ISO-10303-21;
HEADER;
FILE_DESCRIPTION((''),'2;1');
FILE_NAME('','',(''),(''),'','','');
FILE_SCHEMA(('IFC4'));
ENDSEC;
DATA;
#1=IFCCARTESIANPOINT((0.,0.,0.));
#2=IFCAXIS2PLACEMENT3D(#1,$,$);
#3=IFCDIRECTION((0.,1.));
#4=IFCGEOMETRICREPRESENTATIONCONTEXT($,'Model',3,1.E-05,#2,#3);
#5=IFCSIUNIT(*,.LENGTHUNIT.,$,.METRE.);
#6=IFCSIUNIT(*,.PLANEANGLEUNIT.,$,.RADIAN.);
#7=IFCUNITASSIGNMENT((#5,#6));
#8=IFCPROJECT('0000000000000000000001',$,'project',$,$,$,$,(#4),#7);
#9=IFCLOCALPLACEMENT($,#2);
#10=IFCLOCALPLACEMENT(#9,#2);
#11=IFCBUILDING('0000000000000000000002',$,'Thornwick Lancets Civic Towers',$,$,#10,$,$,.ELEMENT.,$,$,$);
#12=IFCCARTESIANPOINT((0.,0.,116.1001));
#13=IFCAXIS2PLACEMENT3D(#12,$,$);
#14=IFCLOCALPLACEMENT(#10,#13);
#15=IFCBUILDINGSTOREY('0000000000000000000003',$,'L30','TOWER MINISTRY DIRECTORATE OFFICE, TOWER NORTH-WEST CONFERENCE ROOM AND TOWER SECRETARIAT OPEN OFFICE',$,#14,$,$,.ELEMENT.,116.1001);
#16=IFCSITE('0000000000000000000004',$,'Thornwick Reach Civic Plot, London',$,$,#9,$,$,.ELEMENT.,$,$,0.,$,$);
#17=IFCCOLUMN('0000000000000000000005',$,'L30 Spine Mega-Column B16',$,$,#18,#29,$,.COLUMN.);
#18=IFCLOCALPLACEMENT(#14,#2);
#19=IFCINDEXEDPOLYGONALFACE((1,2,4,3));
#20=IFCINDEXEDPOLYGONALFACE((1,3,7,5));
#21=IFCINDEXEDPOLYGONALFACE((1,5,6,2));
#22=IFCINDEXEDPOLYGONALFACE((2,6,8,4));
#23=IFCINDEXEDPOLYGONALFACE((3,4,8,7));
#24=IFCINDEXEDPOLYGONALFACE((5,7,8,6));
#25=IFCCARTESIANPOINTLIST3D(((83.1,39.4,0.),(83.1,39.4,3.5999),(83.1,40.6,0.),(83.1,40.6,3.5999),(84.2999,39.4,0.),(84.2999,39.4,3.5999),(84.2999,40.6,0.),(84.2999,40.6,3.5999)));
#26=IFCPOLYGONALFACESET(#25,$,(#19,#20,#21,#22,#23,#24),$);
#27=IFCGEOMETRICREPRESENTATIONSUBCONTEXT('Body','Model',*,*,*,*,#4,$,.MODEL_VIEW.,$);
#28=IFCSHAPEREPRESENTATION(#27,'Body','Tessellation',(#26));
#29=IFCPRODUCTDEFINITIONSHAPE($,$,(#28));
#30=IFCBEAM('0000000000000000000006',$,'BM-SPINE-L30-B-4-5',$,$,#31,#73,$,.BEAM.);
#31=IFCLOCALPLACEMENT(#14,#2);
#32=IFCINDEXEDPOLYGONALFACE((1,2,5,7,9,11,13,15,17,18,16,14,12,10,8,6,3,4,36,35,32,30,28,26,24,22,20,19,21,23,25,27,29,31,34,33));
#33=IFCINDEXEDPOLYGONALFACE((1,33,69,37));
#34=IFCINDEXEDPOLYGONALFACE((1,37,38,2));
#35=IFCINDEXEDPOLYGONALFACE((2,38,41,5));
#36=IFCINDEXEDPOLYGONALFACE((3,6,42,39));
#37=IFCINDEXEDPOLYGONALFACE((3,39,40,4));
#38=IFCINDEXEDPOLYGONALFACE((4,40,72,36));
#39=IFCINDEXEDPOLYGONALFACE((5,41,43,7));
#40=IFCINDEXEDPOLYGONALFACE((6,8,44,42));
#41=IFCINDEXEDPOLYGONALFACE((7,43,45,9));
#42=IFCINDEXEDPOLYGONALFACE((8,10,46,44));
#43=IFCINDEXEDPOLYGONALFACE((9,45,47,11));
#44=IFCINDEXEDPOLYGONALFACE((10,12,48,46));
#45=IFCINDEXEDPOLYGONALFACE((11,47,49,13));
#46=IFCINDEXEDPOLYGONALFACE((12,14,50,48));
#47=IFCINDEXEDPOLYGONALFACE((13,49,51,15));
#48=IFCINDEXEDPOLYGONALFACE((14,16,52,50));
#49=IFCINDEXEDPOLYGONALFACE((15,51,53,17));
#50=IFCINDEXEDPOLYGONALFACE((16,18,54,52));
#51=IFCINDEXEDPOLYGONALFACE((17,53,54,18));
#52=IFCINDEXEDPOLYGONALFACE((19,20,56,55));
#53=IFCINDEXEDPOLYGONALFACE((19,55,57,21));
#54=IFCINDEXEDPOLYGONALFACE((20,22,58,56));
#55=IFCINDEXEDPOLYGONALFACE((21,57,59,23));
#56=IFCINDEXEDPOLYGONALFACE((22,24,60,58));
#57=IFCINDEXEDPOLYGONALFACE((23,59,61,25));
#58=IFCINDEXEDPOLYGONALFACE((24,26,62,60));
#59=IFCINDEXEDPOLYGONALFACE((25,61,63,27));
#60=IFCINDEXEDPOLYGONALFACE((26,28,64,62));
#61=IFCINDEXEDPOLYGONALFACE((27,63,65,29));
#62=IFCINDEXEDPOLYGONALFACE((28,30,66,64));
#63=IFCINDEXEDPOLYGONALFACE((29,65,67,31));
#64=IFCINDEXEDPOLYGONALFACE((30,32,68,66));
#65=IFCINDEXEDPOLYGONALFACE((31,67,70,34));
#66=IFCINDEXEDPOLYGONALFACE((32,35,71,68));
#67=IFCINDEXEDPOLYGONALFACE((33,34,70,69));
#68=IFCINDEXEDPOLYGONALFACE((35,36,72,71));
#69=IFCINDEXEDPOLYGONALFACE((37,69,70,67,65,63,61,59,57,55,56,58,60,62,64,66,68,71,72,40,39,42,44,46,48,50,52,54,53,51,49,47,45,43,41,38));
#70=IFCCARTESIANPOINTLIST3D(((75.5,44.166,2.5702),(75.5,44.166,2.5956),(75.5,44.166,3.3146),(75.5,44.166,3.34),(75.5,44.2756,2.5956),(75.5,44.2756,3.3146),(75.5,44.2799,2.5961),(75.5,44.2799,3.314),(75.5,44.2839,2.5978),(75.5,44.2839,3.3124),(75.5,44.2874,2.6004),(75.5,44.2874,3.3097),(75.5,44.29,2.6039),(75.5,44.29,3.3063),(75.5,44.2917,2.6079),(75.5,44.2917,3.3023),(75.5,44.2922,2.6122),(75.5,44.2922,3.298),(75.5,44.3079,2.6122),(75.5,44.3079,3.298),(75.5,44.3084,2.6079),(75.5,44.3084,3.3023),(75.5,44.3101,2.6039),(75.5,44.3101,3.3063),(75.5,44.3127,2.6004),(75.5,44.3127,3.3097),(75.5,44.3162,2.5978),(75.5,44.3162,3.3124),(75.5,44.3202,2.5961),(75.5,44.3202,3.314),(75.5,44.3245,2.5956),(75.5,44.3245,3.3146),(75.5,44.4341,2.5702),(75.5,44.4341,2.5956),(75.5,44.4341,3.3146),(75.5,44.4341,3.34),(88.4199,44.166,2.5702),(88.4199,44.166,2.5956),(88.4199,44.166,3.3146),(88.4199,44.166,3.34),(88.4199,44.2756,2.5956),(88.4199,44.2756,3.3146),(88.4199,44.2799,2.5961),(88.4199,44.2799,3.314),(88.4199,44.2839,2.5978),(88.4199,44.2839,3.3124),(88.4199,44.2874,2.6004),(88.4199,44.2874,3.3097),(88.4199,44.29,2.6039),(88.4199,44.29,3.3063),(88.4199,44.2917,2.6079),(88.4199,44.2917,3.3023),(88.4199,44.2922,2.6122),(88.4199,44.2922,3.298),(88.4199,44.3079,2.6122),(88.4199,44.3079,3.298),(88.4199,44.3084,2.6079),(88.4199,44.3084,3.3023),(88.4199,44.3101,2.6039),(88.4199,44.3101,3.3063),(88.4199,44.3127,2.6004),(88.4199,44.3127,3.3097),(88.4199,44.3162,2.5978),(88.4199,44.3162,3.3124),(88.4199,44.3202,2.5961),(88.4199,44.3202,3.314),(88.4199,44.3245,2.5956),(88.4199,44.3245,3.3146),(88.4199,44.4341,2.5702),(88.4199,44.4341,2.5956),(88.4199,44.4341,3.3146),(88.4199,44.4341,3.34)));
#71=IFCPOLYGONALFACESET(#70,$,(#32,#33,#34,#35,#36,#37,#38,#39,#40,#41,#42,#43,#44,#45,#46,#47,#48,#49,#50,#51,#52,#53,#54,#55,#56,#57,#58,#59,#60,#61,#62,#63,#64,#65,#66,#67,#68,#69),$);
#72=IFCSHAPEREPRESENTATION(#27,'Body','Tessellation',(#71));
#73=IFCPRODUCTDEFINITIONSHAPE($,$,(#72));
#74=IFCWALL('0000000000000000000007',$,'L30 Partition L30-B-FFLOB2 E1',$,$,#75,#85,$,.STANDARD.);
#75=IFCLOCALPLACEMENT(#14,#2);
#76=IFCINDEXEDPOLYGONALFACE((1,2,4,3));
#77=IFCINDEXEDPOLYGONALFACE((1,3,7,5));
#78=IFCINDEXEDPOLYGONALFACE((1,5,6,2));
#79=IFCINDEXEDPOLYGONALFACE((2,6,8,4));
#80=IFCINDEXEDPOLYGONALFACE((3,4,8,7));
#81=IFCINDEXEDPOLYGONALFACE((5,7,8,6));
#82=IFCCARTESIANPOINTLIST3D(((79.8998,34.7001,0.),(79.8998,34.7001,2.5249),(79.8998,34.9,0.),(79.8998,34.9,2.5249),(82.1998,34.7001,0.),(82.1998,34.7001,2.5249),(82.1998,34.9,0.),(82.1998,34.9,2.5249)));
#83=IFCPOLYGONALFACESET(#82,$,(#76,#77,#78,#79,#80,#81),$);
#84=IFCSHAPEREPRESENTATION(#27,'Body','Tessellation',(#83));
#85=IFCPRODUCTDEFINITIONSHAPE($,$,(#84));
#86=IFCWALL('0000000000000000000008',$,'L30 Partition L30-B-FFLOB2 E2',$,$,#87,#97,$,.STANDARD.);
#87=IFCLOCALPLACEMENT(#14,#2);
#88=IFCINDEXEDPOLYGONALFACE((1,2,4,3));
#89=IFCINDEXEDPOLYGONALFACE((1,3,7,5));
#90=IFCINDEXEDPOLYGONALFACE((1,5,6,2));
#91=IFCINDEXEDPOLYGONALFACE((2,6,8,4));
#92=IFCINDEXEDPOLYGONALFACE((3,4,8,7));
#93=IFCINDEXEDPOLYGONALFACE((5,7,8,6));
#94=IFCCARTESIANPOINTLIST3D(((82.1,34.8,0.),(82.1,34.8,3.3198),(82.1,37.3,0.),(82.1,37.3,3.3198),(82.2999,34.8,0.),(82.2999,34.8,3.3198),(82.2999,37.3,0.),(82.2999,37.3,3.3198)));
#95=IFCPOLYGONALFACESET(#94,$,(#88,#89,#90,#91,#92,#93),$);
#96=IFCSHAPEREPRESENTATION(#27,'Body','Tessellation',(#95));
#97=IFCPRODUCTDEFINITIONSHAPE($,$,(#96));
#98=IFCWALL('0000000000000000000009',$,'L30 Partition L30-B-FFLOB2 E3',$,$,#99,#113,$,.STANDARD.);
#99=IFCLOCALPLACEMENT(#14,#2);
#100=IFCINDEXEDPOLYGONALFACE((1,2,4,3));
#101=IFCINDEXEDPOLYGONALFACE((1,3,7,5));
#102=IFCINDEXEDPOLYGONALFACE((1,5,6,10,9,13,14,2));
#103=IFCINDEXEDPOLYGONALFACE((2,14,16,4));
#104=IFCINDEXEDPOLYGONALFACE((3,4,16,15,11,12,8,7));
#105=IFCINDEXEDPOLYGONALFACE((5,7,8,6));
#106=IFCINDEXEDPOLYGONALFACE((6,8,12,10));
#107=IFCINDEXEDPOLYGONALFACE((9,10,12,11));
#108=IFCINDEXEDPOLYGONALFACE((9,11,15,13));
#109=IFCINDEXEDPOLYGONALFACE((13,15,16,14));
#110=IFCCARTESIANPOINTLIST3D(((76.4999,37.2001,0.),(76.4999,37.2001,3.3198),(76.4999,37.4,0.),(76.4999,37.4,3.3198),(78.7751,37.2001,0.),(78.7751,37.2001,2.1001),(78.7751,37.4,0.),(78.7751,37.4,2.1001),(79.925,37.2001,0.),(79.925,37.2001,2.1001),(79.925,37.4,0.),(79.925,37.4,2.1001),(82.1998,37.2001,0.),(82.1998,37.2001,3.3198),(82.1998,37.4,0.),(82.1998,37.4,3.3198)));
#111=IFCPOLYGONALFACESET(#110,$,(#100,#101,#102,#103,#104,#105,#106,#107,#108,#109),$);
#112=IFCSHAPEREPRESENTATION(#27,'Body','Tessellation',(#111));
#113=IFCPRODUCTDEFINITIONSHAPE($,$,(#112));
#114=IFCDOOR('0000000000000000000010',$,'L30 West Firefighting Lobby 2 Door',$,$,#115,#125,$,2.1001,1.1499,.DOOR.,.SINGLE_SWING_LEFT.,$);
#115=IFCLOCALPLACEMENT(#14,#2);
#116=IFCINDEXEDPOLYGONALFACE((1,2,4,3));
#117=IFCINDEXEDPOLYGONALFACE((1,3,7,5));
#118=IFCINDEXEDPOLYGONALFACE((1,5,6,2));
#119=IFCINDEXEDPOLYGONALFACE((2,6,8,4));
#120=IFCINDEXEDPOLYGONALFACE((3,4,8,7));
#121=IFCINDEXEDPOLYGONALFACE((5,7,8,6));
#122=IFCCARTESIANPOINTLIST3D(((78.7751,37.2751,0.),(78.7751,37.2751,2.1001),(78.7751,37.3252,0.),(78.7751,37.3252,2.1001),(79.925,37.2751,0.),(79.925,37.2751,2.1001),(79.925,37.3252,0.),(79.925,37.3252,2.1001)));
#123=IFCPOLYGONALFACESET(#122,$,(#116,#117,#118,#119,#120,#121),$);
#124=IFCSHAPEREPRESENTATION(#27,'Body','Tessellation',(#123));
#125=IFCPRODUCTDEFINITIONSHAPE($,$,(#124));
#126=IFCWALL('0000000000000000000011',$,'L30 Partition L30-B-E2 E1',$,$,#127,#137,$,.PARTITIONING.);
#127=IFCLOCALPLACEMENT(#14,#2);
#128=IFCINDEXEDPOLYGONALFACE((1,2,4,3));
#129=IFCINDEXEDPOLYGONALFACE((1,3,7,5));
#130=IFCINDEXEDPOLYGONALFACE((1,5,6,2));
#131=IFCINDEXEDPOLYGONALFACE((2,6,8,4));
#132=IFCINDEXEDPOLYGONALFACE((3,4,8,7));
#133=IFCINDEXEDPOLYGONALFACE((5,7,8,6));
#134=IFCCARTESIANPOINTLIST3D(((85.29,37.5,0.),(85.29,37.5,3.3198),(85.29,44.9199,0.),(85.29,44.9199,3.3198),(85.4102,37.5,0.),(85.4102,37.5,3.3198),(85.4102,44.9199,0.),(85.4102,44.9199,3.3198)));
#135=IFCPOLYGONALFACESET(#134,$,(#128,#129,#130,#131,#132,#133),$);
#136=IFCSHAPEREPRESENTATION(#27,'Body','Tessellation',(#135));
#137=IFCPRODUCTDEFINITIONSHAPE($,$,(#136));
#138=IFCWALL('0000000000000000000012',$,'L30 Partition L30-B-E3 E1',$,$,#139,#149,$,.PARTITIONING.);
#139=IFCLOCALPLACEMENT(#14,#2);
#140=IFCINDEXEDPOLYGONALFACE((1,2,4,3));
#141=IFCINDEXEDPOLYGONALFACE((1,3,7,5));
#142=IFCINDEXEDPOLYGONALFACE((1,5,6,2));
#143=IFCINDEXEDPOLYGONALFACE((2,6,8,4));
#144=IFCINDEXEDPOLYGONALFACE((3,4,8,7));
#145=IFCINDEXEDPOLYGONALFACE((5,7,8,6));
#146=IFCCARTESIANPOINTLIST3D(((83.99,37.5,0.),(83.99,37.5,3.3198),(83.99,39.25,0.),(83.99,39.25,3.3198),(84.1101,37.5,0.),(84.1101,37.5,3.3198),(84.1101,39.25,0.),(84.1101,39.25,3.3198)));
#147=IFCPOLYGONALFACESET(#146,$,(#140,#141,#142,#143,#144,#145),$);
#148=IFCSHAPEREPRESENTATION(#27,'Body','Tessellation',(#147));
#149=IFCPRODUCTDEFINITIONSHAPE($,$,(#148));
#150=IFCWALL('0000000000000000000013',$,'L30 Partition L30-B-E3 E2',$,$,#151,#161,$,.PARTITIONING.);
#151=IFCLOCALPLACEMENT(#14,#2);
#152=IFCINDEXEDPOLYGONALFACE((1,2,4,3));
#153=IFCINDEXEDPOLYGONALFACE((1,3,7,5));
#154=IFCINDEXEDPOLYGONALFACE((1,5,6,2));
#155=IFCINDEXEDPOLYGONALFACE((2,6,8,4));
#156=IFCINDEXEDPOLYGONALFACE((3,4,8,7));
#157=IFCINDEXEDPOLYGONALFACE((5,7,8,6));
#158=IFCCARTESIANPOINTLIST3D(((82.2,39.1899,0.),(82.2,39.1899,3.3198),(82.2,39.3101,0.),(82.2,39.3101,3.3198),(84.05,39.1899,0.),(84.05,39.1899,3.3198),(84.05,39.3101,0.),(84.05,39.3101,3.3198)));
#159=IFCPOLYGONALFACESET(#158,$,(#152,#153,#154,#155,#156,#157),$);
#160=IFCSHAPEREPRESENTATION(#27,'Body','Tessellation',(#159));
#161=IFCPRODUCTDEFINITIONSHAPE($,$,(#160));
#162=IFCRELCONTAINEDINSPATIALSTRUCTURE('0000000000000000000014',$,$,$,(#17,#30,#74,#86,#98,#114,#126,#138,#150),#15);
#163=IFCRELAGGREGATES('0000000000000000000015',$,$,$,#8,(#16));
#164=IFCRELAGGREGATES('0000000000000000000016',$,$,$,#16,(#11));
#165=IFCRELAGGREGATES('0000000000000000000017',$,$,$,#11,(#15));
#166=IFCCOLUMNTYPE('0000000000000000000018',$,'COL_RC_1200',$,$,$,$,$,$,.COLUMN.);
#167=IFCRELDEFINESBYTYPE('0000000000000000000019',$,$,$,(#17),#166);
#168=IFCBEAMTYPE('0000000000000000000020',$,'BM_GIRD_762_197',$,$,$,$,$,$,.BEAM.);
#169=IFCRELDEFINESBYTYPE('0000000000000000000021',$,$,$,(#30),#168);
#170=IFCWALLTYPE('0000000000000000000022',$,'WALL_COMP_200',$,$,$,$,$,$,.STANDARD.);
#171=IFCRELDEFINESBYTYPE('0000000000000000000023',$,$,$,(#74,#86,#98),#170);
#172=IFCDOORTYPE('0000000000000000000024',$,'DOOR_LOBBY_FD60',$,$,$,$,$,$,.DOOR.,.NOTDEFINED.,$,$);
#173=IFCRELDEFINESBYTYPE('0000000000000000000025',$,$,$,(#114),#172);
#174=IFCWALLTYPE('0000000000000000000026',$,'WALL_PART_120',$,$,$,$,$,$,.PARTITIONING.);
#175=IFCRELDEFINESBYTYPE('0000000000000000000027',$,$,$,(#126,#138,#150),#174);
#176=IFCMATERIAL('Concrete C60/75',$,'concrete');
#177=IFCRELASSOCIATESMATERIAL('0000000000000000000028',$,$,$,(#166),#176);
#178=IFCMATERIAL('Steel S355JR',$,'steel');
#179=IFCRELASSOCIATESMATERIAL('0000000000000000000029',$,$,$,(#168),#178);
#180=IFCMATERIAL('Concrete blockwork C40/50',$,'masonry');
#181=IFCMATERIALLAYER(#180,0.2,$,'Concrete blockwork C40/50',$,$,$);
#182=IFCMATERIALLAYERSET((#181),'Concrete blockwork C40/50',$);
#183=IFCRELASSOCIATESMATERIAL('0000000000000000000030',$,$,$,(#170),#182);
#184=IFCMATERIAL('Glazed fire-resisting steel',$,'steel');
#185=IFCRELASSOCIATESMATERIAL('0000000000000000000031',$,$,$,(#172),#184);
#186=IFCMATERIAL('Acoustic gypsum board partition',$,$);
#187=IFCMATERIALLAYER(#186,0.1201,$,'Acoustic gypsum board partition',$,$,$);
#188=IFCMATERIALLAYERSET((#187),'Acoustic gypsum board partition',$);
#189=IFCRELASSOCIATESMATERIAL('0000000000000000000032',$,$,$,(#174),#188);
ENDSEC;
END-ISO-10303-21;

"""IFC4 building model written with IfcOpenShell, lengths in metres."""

from ifc_helpers import new_model, si_unit, direction, frame, frame_2d, origin, origin_2d, place, context, subcontext, project, spatial, rectangle, i_section, extrude, material, layer, layer_set, material_profile, profile_set, type_object, element, fill, save


model = new_model("IFC4")

# Units and contexts
model_context = context("Model", 3, precision=1e-05, world=origin(), true_north=direction((0.0, 1.0)))
body_context = subcontext(model_context, "Body", "Model", "MODEL_VIEW")
ifc_project = project(units=[si_unit("LENGTHUNIT", "METRE"), si_unit("PLANEANGLEUNIT", "RADIAN")], contexts=[model_context])

# Site, building, storey
site_placement = place(None, origin())
site = spatial("IfcSite", under=ifc_project, at=site_placement, Name="Thornwick Reach Civic Plot, London", CompositionType="ELEMENT", RefElevation=0.0)
building_placement = place(site_placement, origin())
building = spatial("IfcBuilding", under=site, at=building_placement, Name="Thornwick Lancets Civic Towers", CompositionType="ELEMENT")
storey_placement = place(building_placement, frame((0.0, 0.0, 116.1001)))
storey = spatial("IfcBuildingStorey", under=building, at=storey_placement, Name="L30", Description="TOWER MINISTRY DIRECTORATE OFFICE, TOWER NORTH-WEST CONFERENCE ROOM AND TOWER SECRETARIAT OPEN OFFICE", CompositionType="ELEMENT", Elevation=116.1001)

# Column
ifc_material_1 = material(Name="Concrete C60/75", Category="concrete")
ifc_material_profile_1 = material_profile(ifc_material_1, rectangle(XDim=1.2, YDim=1.2, at=origin_2d()), Name="RC 1200x1200")
ifc_profile_set_1 = profile_set([ifc_material_profile_1], Name="Concrete C60/75")
column_type = type_object("IfcColumnType", Name="COL_RC_1200", PredefinedType="COLUMN", material=ifc_profile_set_1)
column_placement = place(storey_placement, frame((83.7, 40.0, 0.0), z_axis=(0.0, 0.0, 1.0), x_axis=(1.0, 0.0, 0.0)))
element("IfcColumn", 1, at=column_placement, inside=storey, type_object=column_type, Name="L30 Spine Mega-Column B16", PredefinedType="COLUMN", context=body_context, shape_type="SweptSolid", body=[
    extrude(rectangle(XDim=1.2, YDim=1.2, at=origin_2d()), origin(), (0.0, 0.0, 1.0), 3.5999),
])

# Beam
ifc_material_2 = material(Name="Steel S355JR", Category="steel")
ifc_material_profile_2 = material_profile(ifc_material_2, i_section(OverallWidth=0.2681, OverallDepth=0.7698, WebThickness=0.0156, FlangeThickness=0.0254, FilletRadius=0.0166, at=origin_2d()), Name="UKB 762x267x197")
ifc_profile_set_2 = profile_set([ifc_material_profile_2], Name="Steel S355JR")
beam_type = type_object("IfcBeamType", Name="BM_GIRD_762_197", PredefinedType="BEAM", material=ifc_profile_set_2)
beam_placement = place(storey_placement, frame((88.4199, 44.3, 2.9551), z_axis=(-1.0, 0.0, 0.0), x_axis=(0.0, -1.0, 0.0)))
element("IfcBeam", 2, at=beam_placement, inside=storey, type_object=beam_type, Name="BM-SPINE-L30-B-4-5", PredefinedType="BEAM", context=body_context, shape_type="SweptSolid", body=[
    extrude(i_section(OverallWidth=0.2681, OverallDepth=0.7698, WebThickness=0.0156, FlangeThickness=0.0254, FilletRadius=0.0166, at=origin_2d()), origin(), (0.0, 0.0, 1.0), 12.9199),
])

# Walls
ifc_material_3 = material(Name="Concrete blockwork C40/50", Category="masonry")
ifc_layer_1 = layer(ifc_material_3, 0.2, Name="Concrete blockwork C40/50")
ifc_layer_set_1 = layer_set([ifc_layer_1], Name="Concrete blockwork C40/50")
wall_type_1 = type_object("IfcWallType", Name="WALL_COMP_200", PredefinedType="STANDARD", material=ifc_layer_set_1)
wall_1_placement = place(storey_placement, frame((79.8999, 34.8, 0.0), z_axis=(0.0, 0.0, 1.0), x_axis=(1.0, 0.0, 0.0)))
element("IfcWall", 3, at=wall_1_placement, inside=storey, type_object=wall_type_1, Name="L30 Partition L30-B-FFLOB2 E1", PredefinedType="STANDARD", context=body_context, shape_type="SweptSolid", body=[
    extrude(rectangle(XDim=2.3, YDim=0.2, at=frame_2d((1.1499, 0.0))), origin(), (0.0, 0.0, 1.0), 2.5249),
])
wall_2_placement = place(storey_placement, frame((82.2, 34.8, 0.0), z_axis=(0.0, 0.0, 1.0), x_axis=(0.0, 1.0, 0.0)))
element("IfcWall", 4, at=wall_2_placement, inside=storey, type_object=wall_type_1, Name="L30 Partition L30-B-FFLOB2 E2", PredefinedType="STANDARD", context=body_context, shape_type="SweptSolid", body=[
    extrude(rectangle(XDim=2.5, YDim=0.2, at=frame_2d((1.25, 0.0))), origin(), (0.0, 0.0, 1.0), 3.3198),
])

# Wall, opening, door
wall_3_placement = place(storey_placement, frame((82.2, 37.3, 0.0), z_axis=(0.0, 0.0, 1.0), x_axis=(-1.0, 0.0, 0.0)))
wall_3 = element("IfcWall", 5, at=wall_3_placement, inside=storey, type_object=wall_type_1, Name="L30 Partition L30-B-FFLOB2 E3", PredefinedType="STANDARD", context=body_context, shape_type="SweptSolid", body=[
    extrude(rectangle(XDim=5.7, YDim=0.2, at=frame_2d((2.8501, 0.0))), origin(), (0.0, 0.0, 1.0), 3.3198),
])
opening_1_placement = place(wall_3_placement, frame((2.2749, 0.0, 0.0)))
opening_1 = element("IfcOpeningElement", 6, at=opening_1_placement, cuts=wall_3, PredefinedType="OPENING", context=body_context, shape_type="SweptSolid", body=[
    extrude(rectangle(XDim=1.1499, YDim=2.1001, at=frame_2d((0.575, 1.05))), frame((0.0, 0.1099, 0.0), z_axis=(0.0, -1.0, 0.0), x_axis=(1.0, 0.0, 0.0)), (0.0, 0.0, 1.0), 0.22),
])
ifc_material_4 = material(Name="Glazed fire-resisting steel", Category="steel")
door_type_1 = type_object("IfcDoorType", Name="DOOR_LOBBY_FD60", OperationType="NOTDEFINED", PredefinedType="DOOR", material=ifc_material_4)
door_1_placement = place(opening_1_placement, origin())
door_1 = element("IfcDoor", 7, at=door_1_placement, inside=storey, type_object=door_type_1, Name="L30 West Firefighting Lobby 2 Door", OperationType="SINGLE_SWING_LEFT", OverallHeight=2.1001, OverallWidth=1.1499, PredefinedType="DOOR", context=body_context, shape_type="SweptSolid", body=[
    extrude(rectangle(XDim=1.1499, YDim=2.1001, at=frame_2d((0.575, 1.05))), frame((0.0, 0.0249, 0.0), z_axis=(0.0, -1.0, 0.0), x_axis=(1.0, 0.0, 0.0)), (0.0, 0.0, 1.0), 0.05),
])
fill(opening_1, door_1)

# Walls
ifc_material_5 = material(Name="Acoustic gypsum board partition")
ifc_layer_2 = layer(ifc_material_5, 0.1201, Name="Acoustic gypsum board partition")
ifc_layer_set_2 = layer_set([ifc_layer_2], Name="Acoustic gypsum board partition")
wall_type_2 = type_object("IfcWallType", Name="WALL_PART_120", PredefinedType="PARTITIONING", material=ifc_layer_set_2)
wall_4_placement = place(storey_placement, frame((85.3501, 37.5, 0.0), z_axis=(0.0, 0.0, 1.0), x_axis=(0.0, 1.0, 0.0)))
element("IfcWall", 8, at=wall_4_placement, inside=storey, type_object=wall_type_2, Name="L30 Partition L30-B-E2 E1", PredefinedType="PARTITIONING", context=body_context, shape_type="SweptSolid", body=[
    extrude(rectangle(XDim=7.4199, YDim=0.1201, at=frame_2d((3.71, 0.0))), origin(), (0.0, 0.0, 1.0), 3.3198),
])
wall_5_placement = place(storey_placement, frame((84.05, 37.5, 0.0), z_axis=(0.0, 0.0, 1.0), x_axis=(0.0, 1.0, 0.0)))
element("IfcWall", 9, at=wall_5_placement, inside=storey, type_object=wall_type_2, Name="L30 Partition L30-B-E3 E1", PredefinedType="PARTITIONING", context=body_context, shape_type="SweptSolid", body=[
    extrude(rectangle(XDim=1.75, YDim=0.1201, at=frame_2d((0.875, 0.0))), origin(), (0.0, 0.0, 1.0), 3.3198),
])
wall_6_placement = place(storey_placement, frame((84.05, 39.25, 0.0), z_axis=(0.0, 0.0, 1.0), x_axis=(-1.0, 0.0, 0.0)))
element("IfcWall", 10, at=wall_6_placement, inside=storey, type_object=wall_type_2, Name="L30 Partition L30-B-E3 E2", PredefinedType="PARTITIONING", context=body_context, shape_type="SweptSolid", body=[
    extrude(rectangle(XDim=1.8501, YDim=0.1201, at=frame_2d((0.925, 0.0))), origin(), (0.0, 0.0, 1.0), 3.3198),
])

save(model, "model.ifc")
